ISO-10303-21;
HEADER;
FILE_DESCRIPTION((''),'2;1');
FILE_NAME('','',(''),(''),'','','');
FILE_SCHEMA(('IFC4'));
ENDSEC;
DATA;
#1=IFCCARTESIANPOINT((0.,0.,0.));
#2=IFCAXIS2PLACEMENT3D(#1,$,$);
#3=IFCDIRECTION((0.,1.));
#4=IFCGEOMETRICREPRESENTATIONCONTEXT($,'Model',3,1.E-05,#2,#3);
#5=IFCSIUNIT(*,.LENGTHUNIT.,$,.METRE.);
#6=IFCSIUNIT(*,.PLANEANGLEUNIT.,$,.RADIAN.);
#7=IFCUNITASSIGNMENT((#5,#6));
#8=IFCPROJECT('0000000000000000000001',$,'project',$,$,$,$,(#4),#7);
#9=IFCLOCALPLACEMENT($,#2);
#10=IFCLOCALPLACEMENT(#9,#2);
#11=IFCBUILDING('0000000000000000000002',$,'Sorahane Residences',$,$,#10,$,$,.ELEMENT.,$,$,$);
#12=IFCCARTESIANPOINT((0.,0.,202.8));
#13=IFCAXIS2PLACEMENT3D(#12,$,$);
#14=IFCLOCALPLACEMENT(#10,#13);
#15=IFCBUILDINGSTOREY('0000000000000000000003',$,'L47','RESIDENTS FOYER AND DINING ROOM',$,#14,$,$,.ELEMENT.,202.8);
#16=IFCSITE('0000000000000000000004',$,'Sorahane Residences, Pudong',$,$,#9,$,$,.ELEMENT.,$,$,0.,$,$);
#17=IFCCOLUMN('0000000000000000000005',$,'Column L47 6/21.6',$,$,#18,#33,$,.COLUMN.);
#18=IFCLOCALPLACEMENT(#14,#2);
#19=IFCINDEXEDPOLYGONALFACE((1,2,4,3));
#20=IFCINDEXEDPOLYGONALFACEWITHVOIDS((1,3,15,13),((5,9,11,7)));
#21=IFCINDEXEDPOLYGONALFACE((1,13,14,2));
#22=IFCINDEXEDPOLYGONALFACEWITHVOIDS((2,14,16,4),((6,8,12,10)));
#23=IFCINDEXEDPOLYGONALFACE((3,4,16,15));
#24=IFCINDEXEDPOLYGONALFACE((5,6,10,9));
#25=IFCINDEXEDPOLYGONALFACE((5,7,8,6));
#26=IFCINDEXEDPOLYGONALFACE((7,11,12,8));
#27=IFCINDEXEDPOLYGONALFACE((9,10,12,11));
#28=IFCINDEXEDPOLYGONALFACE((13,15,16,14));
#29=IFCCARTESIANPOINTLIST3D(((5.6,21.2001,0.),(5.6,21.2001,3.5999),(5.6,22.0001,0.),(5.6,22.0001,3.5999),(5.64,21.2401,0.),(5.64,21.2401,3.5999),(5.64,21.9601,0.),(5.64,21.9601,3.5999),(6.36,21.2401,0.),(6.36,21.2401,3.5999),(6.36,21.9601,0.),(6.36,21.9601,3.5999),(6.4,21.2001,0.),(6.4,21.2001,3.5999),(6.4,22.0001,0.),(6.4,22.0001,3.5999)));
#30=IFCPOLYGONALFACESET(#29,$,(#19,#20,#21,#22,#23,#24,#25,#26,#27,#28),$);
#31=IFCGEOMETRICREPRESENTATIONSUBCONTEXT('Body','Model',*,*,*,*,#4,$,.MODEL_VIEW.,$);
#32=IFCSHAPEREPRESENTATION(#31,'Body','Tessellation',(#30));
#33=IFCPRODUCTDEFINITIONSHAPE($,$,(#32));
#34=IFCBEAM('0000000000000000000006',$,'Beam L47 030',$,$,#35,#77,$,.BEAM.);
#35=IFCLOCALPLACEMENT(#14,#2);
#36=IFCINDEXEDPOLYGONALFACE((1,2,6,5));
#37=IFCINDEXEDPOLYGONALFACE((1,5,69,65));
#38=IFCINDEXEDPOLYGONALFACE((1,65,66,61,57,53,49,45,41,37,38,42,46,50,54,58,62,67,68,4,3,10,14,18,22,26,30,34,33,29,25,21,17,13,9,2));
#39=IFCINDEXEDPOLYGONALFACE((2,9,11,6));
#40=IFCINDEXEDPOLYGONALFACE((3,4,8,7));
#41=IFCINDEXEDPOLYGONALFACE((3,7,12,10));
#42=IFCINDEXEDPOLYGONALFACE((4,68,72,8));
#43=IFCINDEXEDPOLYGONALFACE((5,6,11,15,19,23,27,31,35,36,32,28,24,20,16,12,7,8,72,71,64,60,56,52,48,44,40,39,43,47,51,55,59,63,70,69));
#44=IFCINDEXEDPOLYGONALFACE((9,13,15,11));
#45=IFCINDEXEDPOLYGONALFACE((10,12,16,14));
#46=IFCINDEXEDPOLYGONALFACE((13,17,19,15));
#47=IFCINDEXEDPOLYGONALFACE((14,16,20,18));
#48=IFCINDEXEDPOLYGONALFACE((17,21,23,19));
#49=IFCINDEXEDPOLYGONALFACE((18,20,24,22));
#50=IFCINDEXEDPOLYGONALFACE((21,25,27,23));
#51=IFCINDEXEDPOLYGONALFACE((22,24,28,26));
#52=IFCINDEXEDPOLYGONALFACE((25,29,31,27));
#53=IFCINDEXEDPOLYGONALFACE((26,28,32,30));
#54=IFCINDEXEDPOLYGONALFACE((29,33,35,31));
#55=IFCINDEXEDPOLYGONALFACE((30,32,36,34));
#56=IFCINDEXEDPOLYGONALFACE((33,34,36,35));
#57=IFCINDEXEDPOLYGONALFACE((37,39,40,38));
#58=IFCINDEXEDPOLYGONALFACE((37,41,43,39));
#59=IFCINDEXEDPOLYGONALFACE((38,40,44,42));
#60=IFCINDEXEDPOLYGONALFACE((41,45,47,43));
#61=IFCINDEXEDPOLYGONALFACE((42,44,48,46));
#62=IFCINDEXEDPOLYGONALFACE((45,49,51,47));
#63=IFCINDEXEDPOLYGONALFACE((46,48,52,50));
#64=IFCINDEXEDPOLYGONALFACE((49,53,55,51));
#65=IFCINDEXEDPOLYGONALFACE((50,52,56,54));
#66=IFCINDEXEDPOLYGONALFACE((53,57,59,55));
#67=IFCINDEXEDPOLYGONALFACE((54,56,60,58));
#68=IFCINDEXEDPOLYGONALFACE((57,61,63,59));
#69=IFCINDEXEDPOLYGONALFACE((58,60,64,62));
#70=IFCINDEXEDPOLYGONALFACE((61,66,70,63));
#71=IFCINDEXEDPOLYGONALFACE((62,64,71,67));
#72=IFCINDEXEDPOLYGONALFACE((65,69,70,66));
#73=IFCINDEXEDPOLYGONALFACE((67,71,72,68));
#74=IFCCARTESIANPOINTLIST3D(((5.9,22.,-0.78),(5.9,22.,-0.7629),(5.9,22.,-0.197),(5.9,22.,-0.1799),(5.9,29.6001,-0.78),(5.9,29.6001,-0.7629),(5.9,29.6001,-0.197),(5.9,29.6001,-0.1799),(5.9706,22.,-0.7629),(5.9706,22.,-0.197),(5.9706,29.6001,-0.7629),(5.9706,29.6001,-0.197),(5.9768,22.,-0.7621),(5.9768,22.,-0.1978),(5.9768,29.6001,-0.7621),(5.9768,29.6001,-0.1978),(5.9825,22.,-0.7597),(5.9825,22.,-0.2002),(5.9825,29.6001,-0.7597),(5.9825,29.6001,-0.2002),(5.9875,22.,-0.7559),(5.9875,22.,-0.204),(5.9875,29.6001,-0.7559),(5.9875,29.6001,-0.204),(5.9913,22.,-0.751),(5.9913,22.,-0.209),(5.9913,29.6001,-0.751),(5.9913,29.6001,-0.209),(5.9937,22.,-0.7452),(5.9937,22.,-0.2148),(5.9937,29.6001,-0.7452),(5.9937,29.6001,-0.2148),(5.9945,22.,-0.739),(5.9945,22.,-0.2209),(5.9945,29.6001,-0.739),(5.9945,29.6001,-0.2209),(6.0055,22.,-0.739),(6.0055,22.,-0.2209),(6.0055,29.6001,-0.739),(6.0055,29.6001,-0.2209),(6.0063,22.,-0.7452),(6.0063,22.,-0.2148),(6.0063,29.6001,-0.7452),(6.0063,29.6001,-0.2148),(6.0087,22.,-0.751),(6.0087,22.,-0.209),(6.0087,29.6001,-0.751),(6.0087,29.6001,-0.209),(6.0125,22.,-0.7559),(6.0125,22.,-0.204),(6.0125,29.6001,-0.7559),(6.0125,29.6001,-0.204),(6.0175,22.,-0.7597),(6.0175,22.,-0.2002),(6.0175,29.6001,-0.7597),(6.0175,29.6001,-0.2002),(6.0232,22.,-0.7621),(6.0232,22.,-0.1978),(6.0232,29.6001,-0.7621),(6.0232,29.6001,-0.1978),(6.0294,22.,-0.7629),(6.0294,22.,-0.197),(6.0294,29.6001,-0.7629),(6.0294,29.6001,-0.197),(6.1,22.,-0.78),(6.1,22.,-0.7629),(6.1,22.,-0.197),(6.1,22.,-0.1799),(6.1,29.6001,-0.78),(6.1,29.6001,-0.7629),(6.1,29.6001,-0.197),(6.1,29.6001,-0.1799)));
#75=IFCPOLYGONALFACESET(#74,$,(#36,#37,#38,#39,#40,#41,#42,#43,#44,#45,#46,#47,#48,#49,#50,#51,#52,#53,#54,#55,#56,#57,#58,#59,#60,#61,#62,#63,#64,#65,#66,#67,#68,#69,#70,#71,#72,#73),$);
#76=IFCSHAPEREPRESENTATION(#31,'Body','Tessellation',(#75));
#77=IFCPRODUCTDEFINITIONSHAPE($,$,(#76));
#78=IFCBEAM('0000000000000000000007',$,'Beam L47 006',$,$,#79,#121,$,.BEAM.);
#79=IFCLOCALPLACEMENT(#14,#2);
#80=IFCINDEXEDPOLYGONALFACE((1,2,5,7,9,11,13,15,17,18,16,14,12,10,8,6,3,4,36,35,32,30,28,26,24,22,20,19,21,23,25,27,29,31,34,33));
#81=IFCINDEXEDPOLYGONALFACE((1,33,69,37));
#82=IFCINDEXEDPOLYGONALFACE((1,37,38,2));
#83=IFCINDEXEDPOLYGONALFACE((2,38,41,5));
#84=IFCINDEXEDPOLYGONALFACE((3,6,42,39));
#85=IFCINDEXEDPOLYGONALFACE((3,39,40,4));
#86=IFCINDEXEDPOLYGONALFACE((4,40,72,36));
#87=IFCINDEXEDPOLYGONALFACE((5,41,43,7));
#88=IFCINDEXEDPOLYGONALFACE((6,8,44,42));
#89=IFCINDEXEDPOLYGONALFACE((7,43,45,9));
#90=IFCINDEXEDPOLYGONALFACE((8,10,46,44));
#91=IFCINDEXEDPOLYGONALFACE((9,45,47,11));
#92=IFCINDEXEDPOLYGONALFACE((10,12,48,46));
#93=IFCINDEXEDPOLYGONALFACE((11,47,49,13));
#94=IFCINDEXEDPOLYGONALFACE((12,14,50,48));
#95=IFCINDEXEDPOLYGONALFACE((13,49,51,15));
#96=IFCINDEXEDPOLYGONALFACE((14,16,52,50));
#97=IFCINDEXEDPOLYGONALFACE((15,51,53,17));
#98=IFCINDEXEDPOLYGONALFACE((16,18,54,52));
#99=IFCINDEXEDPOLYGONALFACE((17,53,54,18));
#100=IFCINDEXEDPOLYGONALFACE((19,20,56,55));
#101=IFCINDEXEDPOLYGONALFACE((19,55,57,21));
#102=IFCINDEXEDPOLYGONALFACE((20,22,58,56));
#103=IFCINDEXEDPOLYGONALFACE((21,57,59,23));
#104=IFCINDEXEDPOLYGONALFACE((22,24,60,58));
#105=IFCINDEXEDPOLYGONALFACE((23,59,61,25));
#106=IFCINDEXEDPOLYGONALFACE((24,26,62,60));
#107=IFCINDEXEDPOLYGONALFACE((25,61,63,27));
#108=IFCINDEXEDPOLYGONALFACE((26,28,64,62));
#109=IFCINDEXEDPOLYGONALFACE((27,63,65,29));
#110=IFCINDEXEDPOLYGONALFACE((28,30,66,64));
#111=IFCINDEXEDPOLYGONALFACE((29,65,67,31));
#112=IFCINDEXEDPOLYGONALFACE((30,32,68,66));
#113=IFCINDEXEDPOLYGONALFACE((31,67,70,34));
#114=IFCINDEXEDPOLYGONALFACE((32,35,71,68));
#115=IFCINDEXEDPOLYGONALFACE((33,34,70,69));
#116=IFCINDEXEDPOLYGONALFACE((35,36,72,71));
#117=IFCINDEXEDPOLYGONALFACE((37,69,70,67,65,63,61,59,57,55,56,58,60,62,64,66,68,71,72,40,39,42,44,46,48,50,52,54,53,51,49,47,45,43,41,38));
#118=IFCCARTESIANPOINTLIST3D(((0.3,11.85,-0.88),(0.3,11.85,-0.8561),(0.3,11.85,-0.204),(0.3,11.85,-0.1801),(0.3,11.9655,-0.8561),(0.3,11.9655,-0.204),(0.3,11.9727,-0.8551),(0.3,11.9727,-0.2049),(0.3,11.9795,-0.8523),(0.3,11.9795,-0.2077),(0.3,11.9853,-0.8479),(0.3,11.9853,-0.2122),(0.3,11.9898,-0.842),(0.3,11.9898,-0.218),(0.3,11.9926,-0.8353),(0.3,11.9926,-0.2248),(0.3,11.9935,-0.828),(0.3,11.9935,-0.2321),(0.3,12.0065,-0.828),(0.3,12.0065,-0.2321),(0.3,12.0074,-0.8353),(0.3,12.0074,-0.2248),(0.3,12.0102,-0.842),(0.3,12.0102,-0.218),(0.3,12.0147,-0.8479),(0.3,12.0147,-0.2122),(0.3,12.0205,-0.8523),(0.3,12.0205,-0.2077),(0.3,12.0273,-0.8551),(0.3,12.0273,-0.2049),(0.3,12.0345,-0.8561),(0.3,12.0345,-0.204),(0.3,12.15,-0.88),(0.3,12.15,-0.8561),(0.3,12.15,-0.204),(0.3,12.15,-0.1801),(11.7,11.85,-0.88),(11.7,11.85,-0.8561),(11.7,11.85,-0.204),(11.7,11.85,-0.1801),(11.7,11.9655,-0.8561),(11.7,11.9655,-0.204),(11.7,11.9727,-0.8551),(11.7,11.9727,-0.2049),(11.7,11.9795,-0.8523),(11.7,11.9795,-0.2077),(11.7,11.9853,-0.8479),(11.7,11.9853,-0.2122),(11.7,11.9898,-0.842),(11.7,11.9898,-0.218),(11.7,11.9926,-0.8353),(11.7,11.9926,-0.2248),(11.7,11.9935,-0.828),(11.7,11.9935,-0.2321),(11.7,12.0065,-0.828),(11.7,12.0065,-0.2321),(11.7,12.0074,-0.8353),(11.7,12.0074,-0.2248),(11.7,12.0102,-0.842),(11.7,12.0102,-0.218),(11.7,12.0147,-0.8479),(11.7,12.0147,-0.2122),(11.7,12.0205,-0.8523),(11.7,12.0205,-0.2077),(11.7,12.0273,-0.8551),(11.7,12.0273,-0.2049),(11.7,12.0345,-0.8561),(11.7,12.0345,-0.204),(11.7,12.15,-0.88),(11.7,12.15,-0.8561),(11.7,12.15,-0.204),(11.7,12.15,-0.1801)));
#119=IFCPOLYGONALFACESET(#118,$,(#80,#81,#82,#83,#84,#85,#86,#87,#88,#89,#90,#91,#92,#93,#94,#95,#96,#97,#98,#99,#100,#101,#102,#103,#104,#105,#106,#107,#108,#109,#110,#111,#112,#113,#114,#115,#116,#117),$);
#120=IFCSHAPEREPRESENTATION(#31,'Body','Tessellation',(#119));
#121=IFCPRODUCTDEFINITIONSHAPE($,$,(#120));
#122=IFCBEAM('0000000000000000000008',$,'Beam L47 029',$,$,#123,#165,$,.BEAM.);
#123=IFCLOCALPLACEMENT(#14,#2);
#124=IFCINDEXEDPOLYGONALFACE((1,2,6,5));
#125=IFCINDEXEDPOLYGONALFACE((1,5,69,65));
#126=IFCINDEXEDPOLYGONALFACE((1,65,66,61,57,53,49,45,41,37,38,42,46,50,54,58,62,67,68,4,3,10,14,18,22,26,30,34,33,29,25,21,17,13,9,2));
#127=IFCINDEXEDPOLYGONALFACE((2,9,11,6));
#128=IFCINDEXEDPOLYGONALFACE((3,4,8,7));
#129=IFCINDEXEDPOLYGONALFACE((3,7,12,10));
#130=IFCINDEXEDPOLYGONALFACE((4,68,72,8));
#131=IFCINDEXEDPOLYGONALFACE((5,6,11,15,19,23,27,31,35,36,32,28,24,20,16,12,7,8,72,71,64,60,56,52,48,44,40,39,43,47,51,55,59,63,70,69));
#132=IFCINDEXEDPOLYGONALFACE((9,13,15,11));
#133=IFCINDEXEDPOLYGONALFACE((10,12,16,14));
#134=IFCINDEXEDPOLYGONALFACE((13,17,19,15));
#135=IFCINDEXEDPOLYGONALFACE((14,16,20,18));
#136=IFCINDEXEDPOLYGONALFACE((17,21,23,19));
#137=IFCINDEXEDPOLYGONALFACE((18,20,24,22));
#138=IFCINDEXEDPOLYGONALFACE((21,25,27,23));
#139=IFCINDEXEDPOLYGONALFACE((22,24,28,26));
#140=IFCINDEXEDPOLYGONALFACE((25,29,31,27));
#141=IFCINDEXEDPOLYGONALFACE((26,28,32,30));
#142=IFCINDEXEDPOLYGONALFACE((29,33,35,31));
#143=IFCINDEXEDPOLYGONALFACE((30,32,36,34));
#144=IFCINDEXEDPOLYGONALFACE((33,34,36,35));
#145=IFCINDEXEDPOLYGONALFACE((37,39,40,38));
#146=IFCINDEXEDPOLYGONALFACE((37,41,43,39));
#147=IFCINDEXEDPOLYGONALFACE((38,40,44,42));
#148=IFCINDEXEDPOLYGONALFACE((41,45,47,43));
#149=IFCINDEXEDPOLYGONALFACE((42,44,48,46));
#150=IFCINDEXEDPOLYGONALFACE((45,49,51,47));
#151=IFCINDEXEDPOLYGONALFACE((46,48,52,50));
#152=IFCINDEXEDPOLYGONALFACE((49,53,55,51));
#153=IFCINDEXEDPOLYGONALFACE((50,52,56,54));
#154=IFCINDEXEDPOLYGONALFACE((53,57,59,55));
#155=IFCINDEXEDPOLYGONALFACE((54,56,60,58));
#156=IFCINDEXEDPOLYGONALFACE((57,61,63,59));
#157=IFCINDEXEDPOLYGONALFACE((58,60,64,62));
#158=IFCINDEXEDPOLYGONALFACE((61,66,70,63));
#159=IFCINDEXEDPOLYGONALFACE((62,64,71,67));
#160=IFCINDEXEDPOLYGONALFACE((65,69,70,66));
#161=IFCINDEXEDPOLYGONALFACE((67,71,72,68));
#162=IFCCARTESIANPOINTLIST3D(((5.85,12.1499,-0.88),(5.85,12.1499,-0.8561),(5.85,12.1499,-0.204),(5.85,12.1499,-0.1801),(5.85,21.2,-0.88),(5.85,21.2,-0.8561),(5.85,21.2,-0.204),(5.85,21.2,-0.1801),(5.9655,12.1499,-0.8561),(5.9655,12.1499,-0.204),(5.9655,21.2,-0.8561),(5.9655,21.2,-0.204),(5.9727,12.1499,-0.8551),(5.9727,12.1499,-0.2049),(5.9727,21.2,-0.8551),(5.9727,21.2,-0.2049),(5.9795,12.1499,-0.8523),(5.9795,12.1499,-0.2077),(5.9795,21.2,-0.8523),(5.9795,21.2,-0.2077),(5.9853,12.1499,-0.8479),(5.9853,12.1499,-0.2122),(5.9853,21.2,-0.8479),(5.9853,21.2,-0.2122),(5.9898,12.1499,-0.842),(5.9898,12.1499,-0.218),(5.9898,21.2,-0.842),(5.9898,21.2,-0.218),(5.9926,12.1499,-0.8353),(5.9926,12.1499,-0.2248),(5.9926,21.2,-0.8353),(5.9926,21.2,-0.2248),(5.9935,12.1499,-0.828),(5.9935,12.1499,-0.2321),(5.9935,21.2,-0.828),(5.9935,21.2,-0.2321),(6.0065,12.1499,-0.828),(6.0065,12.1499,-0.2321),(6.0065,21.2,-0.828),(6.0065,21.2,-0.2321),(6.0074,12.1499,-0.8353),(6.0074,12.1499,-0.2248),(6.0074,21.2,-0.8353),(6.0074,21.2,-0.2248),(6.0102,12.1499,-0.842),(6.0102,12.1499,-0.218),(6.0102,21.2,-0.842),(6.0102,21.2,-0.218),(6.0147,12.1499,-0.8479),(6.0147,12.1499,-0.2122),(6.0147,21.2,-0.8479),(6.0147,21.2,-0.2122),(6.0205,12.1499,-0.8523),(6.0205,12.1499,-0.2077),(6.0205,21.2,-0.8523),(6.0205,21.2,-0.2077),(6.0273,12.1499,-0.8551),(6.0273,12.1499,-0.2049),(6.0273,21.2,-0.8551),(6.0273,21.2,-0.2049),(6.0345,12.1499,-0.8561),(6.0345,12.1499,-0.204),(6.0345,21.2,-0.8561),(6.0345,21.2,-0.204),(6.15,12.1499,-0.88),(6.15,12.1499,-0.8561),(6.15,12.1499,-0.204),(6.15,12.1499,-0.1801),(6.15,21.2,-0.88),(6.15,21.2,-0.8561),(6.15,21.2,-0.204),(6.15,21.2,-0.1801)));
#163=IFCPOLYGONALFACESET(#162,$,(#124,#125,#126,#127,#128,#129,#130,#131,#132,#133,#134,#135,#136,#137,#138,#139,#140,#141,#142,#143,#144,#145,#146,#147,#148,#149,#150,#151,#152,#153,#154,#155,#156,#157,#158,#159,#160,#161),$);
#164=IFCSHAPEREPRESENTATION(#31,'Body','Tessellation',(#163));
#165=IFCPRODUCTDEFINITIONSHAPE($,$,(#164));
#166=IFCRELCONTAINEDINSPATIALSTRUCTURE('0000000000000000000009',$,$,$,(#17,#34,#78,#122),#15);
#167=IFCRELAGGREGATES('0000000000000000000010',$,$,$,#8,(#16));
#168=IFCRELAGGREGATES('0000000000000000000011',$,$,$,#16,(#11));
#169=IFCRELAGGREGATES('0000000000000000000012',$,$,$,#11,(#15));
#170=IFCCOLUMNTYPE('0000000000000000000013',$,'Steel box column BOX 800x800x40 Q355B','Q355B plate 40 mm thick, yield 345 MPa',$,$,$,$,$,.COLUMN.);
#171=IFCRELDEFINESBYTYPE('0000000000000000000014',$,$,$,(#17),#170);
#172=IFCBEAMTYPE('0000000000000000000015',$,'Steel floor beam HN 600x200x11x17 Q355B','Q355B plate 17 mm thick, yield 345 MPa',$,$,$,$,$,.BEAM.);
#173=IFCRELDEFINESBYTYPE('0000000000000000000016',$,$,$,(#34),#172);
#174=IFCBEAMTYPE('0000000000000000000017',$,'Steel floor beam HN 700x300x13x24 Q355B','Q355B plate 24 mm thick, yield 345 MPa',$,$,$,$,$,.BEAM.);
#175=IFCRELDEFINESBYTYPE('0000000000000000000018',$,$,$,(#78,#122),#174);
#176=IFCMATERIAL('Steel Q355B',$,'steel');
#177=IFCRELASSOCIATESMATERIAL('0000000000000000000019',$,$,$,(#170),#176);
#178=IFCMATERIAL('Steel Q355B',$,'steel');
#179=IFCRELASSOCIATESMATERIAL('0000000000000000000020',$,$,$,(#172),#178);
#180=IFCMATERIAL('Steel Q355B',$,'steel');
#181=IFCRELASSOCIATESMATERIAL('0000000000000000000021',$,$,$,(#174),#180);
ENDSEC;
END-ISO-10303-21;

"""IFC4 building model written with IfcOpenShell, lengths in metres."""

from ifc_helpers import new_model, si_unit, direction, frame, origin, origin_2d, place, context, subcontext, project, spatial, hollow_rectangle, i_section, extrude, material, material_profile, profile_set, type_object, element, save


model = new_model("IFC4")

# Units and contexts
model_context = context("Model", 3, precision=1e-05, world=origin(), true_north=direction((0.0, 1.0)))
body_context = subcontext(model_context, "Body", "Model", "MODEL_VIEW")
ifc_project = project(units=[si_unit("LENGTHUNIT", "METRE"), si_unit("PLANEANGLEUNIT", "RADIAN")], contexts=[model_context])

# Site, building, storey
site_placement = place(None, origin())
site = spatial("IfcSite", under=ifc_project, at=site_placement, Name="Sorahane Residences, Pudong", CompositionType="ELEMENT", RefElevation=0.0)
building_placement = place(site_placement, origin())
building = spatial("IfcBuilding", under=site, at=building_placement, Name="Sorahane Residences", CompositionType="ELEMENT")
storey_placement = place(building_placement, frame((0.0, 0.0, 202.8)))
storey = spatial("IfcBuildingStorey", under=building, at=storey_placement, Name="L47", Description="RESIDENTS FOYER AND DINING ROOM", CompositionType="ELEMENT", Elevation=202.8)

# Column
ifc_material_1 = material(Name="Steel Q355B", Category="steel")
ifc_material_profile_1 = material_profile(ifc_material_1, hollow_rectangle(XDim=0.8, YDim=0.8, WallThickness=0.04, at=origin_2d()), Name="BOX 800x800x40")
ifc_profile_set_1 = profile_set([ifc_material_profile_1], Name="Steel Q355B")
column_type = type_object("IfcColumnType", Name="Steel box column BOX 800x800x40 Q355B", Description="Q355B plate 40 mm thick, yield 345 MPa", PredefinedType="COLUMN", material=ifc_profile_set_1)
column_placement = place(storey_placement, frame((6.0, 21.6001, 0.0), z_axis=(0.0, 0.0, 1.0), x_axis=(1.0, 0.0, 0.0)))
element("IfcColumn", 1, at=column_placement, inside=storey, type_object=column_type, Name="Column L47 6/21.6", PredefinedType="COLUMN", context=body_context, shape_type="SweptSolid", body=[
    extrude(hollow_rectangle(XDim=0.8, YDim=0.8, WallThickness=0.04, at=origin_2d()), origin(), (0.0, 0.0, 1.0), 3.5999),
])

# Beams
ifc_material_2 = material(Name="Steel Q355B", Category="steel")
ifc_material_profile_2 = material_profile(ifc_material_2, i_section(OverallWidth=0.2, OverallDepth=0.6001, WebThickness=0.011, FlangeThickness=0.0171, FilletRadius=0.0239, at=origin_2d()), Name="HN 600x200x11x17")
ifc_profile_set_2 = profile_set([ifc_material_profile_2], Name="Steel Q355B")
beam_type_1 = type_object("IfcBeamType", Name="Steel floor beam HN 600x200x11x17 Q355B", Description="Q355B plate 17 mm thick, yield 345 MPa", PredefinedType="BEAM", material=ifc_profile_set_2)
beam_1_placement = place(storey_placement, frame((6.0, 22.0, -0.48), z_axis=(0.0, 1.0, 0.0), x_axis=(-1.0, 0.0, 0.0)))
element("IfcBeam", 2, at=beam_1_placement, inside=storey, type_object=beam_type_1, Name="Beam L47 030", PredefinedType="BEAM", context=body_context, shape_type="SweptSolid", body=[
    extrude(i_section(OverallWidth=0.2, OverallDepth=0.6001, WebThickness=0.011, FlangeThickness=0.0171, FilletRadius=0.0239, at=origin_2d()), origin(), (0.0, 0.0, 1.0), 7.6001),
])
ifc_material_3 = material(Name="Steel Q355B", Category="steel")
ifc_material_profile_3 = material_profile(ifc_material_3, i_section(OverallWidth=0.3, OverallDepth=0.7, WebThickness=0.0129, FlangeThickness=0.0239, FilletRadius=0.0281, at=origin_2d()), Name="HN 700x300x13x24")
ifc_profile_set_3 = profile_set([ifc_material_profile_3], Name="Steel Q355B")
beam_type_2 = type_object("IfcBeamType", Name="Steel floor beam HN 700x300x13x24 Q355B", Description="Q355B plate 24 mm thick, yield 345 MPa", PredefinedType="BEAM", material=ifc_profile_set_3)
beam_2_placement = place(storey_placement, frame((0.3, 12.0, -0.53), z_axis=(1.0, 0.0, 0.0), x_axis=(0.0, 1.0, 0.0)))
element("IfcBeam", 3, at=beam_2_placement, inside=storey, type_object=beam_type_2, Name="Beam L47 006", PredefinedType="BEAM", context=body_context, shape_type="SweptSolid", body=[
    extrude(i_section(OverallWidth=0.3, OverallDepth=0.7, WebThickness=0.0129, FlangeThickness=0.0239, FilletRadius=0.0281, at=origin_2d()), origin(), (0.0, 0.0, 1.0), 11.3999),
])
beam_3_placement = place(storey_placement, frame((6.0, 12.1499, -0.53), z_axis=(0.0, 1.0, 0.0), x_axis=(-1.0, 0.0, 0.0)))
element("IfcBeam", 4, at=beam_3_placement, inside=storey, type_object=beam_type_2, Name="Beam L47 029", PredefinedType="BEAM", context=body_context, shape_type="SweptSolid", body=[
    extrude(i_section(OverallWidth=0.3, OverallDepth=0.7, WebThickness=0.0129, FlangeThickness=0.0239, FilletRadius=0.0281, at=origin_2d()), origin(), (0.0, 0.0, 1.0), 9.05),
])

save(model, "model.ifc")
